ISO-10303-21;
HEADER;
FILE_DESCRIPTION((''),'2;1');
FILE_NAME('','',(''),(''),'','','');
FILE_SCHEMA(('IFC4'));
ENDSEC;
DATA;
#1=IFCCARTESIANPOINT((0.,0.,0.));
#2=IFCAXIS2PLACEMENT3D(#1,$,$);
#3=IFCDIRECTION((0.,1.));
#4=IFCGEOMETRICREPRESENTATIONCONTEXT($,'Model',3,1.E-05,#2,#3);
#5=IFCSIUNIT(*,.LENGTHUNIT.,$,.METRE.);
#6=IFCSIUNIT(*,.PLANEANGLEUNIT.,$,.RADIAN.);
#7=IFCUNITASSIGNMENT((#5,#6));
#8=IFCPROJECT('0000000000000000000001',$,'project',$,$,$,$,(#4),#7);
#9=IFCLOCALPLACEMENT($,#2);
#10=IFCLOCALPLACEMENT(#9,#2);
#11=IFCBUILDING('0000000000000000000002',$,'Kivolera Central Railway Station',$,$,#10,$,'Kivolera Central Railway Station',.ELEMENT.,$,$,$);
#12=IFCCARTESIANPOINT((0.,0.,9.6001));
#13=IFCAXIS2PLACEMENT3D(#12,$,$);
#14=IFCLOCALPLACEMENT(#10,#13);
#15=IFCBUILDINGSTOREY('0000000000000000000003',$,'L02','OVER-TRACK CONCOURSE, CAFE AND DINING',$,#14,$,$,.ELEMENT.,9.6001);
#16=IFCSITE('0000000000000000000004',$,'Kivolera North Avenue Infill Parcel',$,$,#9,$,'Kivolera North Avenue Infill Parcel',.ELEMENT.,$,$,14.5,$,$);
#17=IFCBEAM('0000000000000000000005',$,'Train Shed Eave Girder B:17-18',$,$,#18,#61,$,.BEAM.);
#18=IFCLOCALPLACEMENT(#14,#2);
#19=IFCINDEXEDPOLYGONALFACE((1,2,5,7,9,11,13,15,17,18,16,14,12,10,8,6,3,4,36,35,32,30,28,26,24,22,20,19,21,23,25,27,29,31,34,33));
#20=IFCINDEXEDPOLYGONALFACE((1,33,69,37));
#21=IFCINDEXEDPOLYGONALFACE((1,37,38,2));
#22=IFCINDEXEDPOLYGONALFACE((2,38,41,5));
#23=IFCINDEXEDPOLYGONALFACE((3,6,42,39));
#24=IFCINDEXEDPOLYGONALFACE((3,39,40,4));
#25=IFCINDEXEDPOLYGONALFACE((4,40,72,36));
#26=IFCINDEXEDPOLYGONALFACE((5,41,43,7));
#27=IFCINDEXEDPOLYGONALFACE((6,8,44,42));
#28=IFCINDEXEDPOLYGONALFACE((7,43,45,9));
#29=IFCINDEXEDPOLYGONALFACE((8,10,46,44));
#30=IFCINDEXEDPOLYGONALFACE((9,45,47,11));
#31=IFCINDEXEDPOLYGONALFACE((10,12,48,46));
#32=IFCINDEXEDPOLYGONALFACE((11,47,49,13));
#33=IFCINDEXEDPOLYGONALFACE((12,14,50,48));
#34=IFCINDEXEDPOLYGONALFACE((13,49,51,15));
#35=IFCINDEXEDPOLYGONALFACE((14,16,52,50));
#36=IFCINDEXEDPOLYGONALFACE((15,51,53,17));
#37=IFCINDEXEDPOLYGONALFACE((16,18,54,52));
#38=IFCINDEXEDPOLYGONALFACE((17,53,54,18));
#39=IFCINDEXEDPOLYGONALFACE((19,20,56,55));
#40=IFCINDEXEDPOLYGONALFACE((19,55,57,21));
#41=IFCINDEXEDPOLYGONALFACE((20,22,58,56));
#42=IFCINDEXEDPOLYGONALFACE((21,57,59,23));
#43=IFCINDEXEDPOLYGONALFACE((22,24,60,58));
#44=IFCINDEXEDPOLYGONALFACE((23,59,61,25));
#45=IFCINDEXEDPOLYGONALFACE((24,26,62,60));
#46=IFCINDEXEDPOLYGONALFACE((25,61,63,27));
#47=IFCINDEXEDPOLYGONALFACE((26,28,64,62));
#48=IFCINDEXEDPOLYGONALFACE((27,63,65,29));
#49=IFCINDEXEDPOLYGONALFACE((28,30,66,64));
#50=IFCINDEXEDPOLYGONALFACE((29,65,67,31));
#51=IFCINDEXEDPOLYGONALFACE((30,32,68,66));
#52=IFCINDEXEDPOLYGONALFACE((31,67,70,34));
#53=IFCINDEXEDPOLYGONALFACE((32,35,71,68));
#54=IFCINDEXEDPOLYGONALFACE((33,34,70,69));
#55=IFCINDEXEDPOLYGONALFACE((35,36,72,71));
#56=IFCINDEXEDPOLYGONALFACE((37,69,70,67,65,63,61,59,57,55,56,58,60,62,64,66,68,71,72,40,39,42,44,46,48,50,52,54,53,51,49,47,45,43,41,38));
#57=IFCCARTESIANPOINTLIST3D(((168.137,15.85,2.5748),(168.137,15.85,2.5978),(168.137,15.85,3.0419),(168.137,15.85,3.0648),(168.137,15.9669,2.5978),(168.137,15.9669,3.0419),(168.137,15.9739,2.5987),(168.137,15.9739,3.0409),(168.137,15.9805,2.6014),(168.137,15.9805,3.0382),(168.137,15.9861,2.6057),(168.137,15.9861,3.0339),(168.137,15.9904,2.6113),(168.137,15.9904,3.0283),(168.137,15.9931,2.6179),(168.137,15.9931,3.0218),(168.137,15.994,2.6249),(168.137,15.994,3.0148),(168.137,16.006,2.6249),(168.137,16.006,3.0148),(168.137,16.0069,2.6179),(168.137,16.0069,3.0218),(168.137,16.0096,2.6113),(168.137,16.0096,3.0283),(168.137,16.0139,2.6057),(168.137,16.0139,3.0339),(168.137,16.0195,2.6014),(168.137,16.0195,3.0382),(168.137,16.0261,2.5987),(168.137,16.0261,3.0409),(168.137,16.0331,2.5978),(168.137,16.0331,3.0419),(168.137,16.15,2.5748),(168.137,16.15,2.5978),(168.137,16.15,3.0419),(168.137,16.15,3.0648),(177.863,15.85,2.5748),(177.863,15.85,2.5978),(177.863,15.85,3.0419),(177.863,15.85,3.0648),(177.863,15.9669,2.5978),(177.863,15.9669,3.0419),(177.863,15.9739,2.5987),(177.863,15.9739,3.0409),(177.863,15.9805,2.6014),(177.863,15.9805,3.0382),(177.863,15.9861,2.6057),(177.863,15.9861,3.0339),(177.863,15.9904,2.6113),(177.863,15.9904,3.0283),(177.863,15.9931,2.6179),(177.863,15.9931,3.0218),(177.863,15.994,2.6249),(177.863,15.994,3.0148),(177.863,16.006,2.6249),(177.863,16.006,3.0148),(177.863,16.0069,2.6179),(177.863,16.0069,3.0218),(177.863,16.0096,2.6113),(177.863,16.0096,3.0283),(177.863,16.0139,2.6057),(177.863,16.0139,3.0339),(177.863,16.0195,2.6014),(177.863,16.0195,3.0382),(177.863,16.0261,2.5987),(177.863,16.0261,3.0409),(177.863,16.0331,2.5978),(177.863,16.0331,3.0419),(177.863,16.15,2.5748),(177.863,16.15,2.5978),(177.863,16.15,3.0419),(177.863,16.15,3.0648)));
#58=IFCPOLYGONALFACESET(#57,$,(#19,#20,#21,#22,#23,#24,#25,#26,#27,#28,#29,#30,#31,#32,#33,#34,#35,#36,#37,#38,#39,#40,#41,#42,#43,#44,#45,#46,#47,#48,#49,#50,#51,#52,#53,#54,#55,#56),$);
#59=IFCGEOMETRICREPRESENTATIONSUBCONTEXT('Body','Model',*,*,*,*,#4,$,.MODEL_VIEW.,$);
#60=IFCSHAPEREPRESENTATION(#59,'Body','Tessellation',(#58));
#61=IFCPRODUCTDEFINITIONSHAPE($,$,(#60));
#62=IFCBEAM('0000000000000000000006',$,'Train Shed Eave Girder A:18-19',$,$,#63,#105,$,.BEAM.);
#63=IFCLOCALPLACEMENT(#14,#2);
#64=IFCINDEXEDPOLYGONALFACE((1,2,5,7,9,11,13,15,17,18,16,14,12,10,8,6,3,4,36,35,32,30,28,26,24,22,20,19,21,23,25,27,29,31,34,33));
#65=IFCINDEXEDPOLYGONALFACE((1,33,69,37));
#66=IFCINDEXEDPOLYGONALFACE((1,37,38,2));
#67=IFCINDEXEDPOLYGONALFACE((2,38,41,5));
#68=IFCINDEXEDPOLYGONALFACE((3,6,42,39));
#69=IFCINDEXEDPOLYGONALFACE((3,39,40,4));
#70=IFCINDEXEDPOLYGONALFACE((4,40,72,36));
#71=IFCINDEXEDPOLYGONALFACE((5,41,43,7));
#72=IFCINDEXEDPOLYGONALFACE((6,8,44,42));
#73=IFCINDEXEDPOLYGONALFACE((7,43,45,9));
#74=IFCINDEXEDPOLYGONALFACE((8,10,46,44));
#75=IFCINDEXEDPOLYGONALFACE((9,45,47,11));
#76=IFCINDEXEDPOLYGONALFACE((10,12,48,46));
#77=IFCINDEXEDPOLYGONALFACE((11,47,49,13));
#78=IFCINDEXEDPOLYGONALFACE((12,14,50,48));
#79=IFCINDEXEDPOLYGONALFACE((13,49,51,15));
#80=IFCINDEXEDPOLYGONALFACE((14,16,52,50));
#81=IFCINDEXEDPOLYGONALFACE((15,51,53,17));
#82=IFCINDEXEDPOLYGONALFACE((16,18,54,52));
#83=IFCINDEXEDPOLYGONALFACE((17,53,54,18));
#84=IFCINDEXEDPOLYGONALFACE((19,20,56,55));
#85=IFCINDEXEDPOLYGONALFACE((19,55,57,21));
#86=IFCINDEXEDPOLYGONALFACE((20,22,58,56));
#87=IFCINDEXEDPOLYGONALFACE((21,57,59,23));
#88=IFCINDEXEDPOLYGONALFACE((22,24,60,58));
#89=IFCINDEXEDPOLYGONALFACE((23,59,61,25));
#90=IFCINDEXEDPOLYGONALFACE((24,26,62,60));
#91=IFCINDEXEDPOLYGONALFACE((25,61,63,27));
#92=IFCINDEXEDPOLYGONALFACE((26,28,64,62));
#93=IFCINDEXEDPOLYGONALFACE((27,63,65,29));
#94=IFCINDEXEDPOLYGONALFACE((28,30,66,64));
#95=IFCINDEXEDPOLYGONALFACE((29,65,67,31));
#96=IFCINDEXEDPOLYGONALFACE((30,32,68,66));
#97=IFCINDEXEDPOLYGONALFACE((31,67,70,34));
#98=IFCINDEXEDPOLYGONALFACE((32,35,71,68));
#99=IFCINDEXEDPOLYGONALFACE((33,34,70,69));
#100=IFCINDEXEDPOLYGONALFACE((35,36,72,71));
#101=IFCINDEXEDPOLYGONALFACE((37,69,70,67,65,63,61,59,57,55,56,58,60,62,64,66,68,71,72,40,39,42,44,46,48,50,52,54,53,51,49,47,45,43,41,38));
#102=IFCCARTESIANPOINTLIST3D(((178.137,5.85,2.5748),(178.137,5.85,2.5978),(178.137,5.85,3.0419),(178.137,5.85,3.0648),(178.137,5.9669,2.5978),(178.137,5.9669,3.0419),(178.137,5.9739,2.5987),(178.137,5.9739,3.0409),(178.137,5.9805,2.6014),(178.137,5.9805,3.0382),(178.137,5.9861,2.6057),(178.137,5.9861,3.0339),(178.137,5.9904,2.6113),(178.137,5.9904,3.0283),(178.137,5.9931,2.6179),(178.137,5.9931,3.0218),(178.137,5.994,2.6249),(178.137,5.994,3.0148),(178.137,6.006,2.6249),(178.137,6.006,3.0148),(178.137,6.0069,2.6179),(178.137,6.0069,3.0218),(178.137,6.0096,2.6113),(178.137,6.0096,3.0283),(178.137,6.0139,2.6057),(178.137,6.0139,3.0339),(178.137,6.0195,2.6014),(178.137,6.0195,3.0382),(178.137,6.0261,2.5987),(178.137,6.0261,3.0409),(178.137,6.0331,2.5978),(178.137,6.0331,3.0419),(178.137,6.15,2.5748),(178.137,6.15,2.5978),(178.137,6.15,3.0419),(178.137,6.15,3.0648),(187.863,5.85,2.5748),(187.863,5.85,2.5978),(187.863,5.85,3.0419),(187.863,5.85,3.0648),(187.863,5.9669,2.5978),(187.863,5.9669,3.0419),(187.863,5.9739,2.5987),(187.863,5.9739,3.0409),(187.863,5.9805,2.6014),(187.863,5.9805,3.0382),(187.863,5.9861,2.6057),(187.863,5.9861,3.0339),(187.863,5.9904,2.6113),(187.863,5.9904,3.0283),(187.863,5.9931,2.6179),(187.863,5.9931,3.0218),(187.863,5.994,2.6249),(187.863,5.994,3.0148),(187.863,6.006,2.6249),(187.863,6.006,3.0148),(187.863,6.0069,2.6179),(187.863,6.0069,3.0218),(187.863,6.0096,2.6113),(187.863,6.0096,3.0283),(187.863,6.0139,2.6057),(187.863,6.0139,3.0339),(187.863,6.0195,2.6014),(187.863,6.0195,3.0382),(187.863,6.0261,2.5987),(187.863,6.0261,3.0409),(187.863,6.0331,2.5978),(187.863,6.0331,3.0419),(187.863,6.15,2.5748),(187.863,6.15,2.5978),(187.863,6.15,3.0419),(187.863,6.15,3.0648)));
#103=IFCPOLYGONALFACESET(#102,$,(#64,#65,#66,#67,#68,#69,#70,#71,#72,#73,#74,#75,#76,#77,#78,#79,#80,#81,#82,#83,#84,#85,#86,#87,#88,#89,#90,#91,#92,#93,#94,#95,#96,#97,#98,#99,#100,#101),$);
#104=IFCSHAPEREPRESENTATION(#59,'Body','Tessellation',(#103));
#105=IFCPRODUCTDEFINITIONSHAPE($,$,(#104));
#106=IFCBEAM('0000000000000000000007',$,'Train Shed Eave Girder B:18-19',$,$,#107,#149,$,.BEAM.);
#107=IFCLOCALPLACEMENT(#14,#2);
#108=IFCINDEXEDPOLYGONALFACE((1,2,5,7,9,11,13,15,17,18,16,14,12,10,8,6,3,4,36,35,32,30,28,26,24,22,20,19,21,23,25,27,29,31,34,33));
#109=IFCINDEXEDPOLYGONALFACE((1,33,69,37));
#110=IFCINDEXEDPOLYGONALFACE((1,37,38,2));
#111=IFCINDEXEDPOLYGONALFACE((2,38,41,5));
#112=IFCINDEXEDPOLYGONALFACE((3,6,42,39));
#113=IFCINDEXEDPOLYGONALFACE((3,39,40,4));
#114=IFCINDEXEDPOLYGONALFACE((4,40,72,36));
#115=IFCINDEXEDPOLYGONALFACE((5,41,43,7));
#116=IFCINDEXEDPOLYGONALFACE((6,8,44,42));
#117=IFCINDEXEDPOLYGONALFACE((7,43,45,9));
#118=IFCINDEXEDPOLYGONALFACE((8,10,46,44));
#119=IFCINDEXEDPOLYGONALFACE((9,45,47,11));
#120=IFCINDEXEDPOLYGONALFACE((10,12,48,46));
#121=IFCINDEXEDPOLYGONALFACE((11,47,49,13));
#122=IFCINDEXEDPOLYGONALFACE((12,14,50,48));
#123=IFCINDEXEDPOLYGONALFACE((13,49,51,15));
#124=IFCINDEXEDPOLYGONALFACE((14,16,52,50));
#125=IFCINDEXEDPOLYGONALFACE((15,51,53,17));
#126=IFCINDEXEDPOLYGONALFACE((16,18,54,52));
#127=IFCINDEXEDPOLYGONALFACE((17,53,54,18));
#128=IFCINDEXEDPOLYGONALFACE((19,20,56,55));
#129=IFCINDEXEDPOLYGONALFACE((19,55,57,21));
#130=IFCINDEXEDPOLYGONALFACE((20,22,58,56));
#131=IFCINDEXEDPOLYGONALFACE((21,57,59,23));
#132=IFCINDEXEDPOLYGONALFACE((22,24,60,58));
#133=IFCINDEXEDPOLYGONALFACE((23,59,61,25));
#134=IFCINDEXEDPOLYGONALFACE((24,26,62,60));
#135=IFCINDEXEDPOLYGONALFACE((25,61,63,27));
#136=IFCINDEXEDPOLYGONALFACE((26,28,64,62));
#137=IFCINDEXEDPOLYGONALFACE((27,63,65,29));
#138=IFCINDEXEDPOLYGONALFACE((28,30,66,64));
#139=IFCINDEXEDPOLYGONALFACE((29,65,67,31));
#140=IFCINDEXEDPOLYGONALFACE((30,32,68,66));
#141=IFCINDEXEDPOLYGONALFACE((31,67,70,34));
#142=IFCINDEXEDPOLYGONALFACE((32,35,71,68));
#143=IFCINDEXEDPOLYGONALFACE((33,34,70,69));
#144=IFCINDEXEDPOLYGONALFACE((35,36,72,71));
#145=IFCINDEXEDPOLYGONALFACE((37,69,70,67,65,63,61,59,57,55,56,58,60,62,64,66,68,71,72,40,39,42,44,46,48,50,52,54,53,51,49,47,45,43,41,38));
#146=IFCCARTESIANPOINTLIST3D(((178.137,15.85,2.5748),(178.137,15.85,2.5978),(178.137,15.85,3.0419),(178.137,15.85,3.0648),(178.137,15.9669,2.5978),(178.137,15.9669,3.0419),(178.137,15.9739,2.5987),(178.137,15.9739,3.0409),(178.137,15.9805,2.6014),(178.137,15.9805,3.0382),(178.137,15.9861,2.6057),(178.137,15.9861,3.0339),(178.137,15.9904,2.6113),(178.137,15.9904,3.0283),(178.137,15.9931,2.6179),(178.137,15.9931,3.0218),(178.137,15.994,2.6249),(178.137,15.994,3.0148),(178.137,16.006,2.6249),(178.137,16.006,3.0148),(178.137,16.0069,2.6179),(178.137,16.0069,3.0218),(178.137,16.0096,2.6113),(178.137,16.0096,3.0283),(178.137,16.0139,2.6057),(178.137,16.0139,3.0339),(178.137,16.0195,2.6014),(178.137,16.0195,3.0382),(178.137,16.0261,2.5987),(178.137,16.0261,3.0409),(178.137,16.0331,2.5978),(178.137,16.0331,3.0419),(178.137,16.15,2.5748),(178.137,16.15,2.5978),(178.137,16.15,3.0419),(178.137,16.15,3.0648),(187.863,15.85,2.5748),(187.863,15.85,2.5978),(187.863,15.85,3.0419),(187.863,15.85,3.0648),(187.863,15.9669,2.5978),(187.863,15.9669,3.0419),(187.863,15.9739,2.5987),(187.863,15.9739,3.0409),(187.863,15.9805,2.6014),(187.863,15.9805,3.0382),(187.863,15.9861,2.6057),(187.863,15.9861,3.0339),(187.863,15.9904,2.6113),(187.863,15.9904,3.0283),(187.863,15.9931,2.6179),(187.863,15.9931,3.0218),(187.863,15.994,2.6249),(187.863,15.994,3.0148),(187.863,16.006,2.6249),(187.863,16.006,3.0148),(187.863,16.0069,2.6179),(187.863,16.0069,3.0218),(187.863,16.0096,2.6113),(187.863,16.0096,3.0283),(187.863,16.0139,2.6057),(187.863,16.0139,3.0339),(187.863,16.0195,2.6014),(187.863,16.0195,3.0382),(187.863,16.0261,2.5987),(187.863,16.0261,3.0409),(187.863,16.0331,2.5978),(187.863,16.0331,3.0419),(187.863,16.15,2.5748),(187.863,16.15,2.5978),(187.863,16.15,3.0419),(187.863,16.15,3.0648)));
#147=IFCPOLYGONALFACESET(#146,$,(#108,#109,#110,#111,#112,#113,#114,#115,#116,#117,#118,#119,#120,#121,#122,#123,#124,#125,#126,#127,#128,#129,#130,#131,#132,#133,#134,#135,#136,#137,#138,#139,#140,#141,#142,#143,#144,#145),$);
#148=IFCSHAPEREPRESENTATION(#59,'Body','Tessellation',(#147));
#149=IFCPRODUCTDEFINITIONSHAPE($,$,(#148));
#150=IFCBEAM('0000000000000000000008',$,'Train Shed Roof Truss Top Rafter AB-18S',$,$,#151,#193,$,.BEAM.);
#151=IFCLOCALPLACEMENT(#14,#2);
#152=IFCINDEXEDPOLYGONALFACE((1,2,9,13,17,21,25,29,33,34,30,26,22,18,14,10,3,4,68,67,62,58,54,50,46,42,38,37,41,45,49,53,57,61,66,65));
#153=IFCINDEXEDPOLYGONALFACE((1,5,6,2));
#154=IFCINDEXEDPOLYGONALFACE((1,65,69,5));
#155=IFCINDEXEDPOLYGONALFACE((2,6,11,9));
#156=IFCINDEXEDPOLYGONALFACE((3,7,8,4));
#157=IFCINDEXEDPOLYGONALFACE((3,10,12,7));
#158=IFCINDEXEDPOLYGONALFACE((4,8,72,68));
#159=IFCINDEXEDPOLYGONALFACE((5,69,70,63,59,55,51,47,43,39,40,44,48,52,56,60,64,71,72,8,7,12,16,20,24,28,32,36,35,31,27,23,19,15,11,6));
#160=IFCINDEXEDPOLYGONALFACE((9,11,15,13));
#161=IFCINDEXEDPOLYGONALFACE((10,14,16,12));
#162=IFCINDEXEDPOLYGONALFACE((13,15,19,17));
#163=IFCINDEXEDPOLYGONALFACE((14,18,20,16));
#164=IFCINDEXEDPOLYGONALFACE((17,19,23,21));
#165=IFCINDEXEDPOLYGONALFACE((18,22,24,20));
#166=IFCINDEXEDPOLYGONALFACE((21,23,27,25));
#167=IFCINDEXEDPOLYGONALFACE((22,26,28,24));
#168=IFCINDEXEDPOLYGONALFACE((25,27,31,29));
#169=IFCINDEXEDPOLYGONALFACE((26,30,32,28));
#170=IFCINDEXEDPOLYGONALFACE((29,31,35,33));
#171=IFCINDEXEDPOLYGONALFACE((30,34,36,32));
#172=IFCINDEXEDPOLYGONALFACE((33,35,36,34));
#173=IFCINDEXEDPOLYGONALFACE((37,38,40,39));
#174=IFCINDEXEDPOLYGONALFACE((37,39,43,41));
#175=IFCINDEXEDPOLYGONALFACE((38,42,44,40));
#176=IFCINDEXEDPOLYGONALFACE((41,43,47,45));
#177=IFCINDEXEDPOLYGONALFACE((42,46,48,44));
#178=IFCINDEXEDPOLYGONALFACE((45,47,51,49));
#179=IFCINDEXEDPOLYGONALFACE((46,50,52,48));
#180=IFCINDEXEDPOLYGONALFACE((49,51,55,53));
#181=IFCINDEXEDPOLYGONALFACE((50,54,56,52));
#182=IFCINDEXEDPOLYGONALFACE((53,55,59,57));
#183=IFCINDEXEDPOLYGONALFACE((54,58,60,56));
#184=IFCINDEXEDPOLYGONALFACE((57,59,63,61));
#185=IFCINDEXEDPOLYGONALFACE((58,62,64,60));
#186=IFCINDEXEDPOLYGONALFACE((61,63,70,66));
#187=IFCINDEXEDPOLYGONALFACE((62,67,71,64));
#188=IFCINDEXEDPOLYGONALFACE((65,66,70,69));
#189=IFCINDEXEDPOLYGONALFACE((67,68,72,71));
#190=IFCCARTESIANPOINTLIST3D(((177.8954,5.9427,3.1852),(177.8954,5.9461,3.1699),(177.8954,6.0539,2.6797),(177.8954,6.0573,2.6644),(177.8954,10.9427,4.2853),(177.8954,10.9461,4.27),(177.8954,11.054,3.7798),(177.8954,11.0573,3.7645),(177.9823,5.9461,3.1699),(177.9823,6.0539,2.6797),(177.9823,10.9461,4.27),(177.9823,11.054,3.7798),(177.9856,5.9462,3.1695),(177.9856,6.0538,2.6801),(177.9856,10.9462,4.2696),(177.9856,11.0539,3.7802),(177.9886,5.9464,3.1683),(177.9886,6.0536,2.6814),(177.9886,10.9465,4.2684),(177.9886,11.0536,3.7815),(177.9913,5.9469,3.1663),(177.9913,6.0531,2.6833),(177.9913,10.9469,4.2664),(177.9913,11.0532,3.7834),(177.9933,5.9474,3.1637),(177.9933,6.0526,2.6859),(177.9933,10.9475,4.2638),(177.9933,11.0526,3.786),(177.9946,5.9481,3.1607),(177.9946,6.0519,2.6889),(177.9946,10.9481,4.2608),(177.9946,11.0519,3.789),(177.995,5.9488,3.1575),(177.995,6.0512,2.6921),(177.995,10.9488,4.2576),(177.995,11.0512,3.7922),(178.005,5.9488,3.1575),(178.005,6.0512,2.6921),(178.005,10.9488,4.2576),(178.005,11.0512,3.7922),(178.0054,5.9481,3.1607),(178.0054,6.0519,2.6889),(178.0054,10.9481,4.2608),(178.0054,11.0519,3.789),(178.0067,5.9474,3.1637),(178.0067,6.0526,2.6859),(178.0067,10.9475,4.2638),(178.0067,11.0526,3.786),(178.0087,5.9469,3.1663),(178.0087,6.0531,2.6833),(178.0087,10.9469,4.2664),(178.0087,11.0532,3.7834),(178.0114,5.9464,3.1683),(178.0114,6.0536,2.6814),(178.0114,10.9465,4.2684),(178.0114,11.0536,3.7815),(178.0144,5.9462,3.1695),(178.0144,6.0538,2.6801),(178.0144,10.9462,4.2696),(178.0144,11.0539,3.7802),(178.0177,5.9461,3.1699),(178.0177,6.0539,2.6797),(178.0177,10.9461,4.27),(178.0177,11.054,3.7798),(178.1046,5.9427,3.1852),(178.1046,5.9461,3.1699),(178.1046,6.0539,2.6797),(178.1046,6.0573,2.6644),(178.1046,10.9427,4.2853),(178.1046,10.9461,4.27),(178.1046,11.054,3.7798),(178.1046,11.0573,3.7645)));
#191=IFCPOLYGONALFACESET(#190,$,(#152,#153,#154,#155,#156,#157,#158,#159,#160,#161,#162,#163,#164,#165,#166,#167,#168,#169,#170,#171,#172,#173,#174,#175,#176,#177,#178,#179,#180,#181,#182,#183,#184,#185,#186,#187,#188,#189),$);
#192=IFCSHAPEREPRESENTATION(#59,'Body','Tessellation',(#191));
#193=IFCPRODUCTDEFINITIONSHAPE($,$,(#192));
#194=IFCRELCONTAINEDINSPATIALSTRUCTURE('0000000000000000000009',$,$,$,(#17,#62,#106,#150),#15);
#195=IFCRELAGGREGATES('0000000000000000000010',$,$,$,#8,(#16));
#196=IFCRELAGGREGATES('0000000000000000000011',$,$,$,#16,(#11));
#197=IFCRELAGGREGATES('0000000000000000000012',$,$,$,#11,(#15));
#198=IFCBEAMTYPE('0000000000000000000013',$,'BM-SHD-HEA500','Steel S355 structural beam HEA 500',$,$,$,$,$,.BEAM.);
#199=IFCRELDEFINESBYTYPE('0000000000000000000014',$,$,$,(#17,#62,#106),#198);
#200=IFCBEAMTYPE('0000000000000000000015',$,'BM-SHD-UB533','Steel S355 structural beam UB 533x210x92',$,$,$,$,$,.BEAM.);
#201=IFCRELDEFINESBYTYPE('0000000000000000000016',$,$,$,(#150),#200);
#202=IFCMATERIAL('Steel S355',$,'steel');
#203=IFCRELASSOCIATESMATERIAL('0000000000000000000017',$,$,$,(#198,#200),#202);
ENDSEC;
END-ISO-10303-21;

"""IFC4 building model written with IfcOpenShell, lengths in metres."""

from ifc_helpers import new_model, si_unit, direction, frame, origin, origin_2d, place, context, subcontext, project, spatial, i_section, extrude, material, material_profile, profile_set, type_object, element, save


model = new_model("IFC4")

# Units and contexts
model_context = context("Model", 3, precision=1e-05, world=origin(), true_north=direction((0.0, 1.0)))
body_context = subcontext(model_context, "Body", "Model", "MODEL_VIEW")
ifc_project = project(units=[si_unit("LENGTHUNIT", "METRE"), si_unit("PLANEANGLEUNIT", "RADIAN")], contexts=[model_context])

# Site, building, storey
site_placement = place(None, origin())
site = spatial("IfcSite", under=ifc_project, at=site_placement, Name="Kivolera North Avenue Infill Parcel", LongName="Kivolera North Avenue Infill Parcel", CompositionType="ELEMENT", RefElevation=14.5)
building_placement = place(site_placement, origin())
building = spatial("IfcBuilding", under=site, at=building_placement, Name="Kivolera Central Railway Station", LongName="Kivolera Central Railway Station", CompositionType="ELEMENT")
storey_placement = place(building_placement, frame((0.0, 0.0, 9.6001)))
storey = spatial("IfcBuildingStorey", under=building, at=storey_placement, Name="L02", Description="OVER-TRACK CONCOURSE, CAFE AND DINING", CompositionType="ELEMENT", Elevation=9.6001)

# Shared definitions
ifc_material_1 = material(Name="Steel S355", Category="steel")

# Beams
ifc_material_profile_1 = material_profile(ifc_material_1, i_section(OverallWidth=0.3, OverallDepth=0.49, WebThickness=0.012, FlangeThickness=0.0229, FilletRadius=0.0271, at=origin_2d()), Name="HEA 500")
ifc_profile_set_1 = profile_set([ifc_material_profile_1], Name="Steel S355")
beam_type_1 = type_object("IfcBeamType", Name="BM-SHD-HEA500", Description="Steel S355 structural beam HEA 500", PredefinedType="BEAM", material=ifc_profile_set_1)
for number, where, z_axis, x_axis, name in (
    (1, (168.137, 16.0, 2.8198), (1.0, 0.0, 0.0), (0.0, 1.0, 0.0), "Train Shed Eave Girder B:17-18"),
    (2, (178.137, 6.0, 2.8198), (1.0, 0.0, 0.0), (0.0, 1.0, 0.0), "Train Shed Eave Girder A:18-19"),
    (3, (178.137, 16.0, 2.8198), (1.0, 0.0, 0.0), (0.0, 1.0, 0.0), "Train Shed Eave Girder B:18-19"),
):
    element("IfcBeam", number, at=place(storey_placement, frame(where, z_axis=z_axis, x_axis=x_axis)), inside=storey, type_object=beam_type_1, Name=name, PredefinedType="BEAM", context=body_context, shape_type="SweptSolid", body=[
        extrude(i_section(OverallWidth=0.3, OverallDepth=0.49, WebThickness=0.012, FlangeThickness=0.0229, FilletRadius=0.0271, at=origin_2d()), origin(), (0.0, 0.0, 1.0), 9.7261),
    ])
ifc_material_profile_2 = material_profile(ifc_material_1, i_section(OverallWidth=0.2092, OverallDepth=0.5332, WebThickness=0.01, FlangeThickness=0.0156, FilletRadius=0.0127, at=origin_2d()), Name="UB 533x210x92")
ifc_profile_set_2 = profile_set([ifc_material_profile_2], Name="Steel S355")
beam_type_2 = type_object("IfcBeamType", Name="BM-SHD-UB533", Description="Steel S355 structural beam UB 533x210x92", PredefinedType="BEAM", material=ifc_profile_set_2)
for number, where, z_axis, x_axis, name in (
    (4, (178.0, 6.0, 2.9248), (0.0, 0.97664, 0.21488), (-1.0, 0.0, 0.0), "Train Shed Roof Truss Top Rafter AB-18S"),
):
    element("IfcBeam", number, at=place(storey_placement, frame(where, z_axis=z_axis, x_axis=x_axis)), inside=storey, type_object=beam_type_2, Name=name, PredefinedType="BEAM", context=body_context, shape_type="SweptSolid", body=[
        extrude(i_section(OverallWidth=0.2092, OverallDepth=0.5332, WebThickness=0.01, FlangeThickness=0.0156, FilletRadius=0.0127, at=origin_2d()), origin(), (0.0, 0.0, 1.0), 5.1196),
    ])

save(model, "model.ifc")
